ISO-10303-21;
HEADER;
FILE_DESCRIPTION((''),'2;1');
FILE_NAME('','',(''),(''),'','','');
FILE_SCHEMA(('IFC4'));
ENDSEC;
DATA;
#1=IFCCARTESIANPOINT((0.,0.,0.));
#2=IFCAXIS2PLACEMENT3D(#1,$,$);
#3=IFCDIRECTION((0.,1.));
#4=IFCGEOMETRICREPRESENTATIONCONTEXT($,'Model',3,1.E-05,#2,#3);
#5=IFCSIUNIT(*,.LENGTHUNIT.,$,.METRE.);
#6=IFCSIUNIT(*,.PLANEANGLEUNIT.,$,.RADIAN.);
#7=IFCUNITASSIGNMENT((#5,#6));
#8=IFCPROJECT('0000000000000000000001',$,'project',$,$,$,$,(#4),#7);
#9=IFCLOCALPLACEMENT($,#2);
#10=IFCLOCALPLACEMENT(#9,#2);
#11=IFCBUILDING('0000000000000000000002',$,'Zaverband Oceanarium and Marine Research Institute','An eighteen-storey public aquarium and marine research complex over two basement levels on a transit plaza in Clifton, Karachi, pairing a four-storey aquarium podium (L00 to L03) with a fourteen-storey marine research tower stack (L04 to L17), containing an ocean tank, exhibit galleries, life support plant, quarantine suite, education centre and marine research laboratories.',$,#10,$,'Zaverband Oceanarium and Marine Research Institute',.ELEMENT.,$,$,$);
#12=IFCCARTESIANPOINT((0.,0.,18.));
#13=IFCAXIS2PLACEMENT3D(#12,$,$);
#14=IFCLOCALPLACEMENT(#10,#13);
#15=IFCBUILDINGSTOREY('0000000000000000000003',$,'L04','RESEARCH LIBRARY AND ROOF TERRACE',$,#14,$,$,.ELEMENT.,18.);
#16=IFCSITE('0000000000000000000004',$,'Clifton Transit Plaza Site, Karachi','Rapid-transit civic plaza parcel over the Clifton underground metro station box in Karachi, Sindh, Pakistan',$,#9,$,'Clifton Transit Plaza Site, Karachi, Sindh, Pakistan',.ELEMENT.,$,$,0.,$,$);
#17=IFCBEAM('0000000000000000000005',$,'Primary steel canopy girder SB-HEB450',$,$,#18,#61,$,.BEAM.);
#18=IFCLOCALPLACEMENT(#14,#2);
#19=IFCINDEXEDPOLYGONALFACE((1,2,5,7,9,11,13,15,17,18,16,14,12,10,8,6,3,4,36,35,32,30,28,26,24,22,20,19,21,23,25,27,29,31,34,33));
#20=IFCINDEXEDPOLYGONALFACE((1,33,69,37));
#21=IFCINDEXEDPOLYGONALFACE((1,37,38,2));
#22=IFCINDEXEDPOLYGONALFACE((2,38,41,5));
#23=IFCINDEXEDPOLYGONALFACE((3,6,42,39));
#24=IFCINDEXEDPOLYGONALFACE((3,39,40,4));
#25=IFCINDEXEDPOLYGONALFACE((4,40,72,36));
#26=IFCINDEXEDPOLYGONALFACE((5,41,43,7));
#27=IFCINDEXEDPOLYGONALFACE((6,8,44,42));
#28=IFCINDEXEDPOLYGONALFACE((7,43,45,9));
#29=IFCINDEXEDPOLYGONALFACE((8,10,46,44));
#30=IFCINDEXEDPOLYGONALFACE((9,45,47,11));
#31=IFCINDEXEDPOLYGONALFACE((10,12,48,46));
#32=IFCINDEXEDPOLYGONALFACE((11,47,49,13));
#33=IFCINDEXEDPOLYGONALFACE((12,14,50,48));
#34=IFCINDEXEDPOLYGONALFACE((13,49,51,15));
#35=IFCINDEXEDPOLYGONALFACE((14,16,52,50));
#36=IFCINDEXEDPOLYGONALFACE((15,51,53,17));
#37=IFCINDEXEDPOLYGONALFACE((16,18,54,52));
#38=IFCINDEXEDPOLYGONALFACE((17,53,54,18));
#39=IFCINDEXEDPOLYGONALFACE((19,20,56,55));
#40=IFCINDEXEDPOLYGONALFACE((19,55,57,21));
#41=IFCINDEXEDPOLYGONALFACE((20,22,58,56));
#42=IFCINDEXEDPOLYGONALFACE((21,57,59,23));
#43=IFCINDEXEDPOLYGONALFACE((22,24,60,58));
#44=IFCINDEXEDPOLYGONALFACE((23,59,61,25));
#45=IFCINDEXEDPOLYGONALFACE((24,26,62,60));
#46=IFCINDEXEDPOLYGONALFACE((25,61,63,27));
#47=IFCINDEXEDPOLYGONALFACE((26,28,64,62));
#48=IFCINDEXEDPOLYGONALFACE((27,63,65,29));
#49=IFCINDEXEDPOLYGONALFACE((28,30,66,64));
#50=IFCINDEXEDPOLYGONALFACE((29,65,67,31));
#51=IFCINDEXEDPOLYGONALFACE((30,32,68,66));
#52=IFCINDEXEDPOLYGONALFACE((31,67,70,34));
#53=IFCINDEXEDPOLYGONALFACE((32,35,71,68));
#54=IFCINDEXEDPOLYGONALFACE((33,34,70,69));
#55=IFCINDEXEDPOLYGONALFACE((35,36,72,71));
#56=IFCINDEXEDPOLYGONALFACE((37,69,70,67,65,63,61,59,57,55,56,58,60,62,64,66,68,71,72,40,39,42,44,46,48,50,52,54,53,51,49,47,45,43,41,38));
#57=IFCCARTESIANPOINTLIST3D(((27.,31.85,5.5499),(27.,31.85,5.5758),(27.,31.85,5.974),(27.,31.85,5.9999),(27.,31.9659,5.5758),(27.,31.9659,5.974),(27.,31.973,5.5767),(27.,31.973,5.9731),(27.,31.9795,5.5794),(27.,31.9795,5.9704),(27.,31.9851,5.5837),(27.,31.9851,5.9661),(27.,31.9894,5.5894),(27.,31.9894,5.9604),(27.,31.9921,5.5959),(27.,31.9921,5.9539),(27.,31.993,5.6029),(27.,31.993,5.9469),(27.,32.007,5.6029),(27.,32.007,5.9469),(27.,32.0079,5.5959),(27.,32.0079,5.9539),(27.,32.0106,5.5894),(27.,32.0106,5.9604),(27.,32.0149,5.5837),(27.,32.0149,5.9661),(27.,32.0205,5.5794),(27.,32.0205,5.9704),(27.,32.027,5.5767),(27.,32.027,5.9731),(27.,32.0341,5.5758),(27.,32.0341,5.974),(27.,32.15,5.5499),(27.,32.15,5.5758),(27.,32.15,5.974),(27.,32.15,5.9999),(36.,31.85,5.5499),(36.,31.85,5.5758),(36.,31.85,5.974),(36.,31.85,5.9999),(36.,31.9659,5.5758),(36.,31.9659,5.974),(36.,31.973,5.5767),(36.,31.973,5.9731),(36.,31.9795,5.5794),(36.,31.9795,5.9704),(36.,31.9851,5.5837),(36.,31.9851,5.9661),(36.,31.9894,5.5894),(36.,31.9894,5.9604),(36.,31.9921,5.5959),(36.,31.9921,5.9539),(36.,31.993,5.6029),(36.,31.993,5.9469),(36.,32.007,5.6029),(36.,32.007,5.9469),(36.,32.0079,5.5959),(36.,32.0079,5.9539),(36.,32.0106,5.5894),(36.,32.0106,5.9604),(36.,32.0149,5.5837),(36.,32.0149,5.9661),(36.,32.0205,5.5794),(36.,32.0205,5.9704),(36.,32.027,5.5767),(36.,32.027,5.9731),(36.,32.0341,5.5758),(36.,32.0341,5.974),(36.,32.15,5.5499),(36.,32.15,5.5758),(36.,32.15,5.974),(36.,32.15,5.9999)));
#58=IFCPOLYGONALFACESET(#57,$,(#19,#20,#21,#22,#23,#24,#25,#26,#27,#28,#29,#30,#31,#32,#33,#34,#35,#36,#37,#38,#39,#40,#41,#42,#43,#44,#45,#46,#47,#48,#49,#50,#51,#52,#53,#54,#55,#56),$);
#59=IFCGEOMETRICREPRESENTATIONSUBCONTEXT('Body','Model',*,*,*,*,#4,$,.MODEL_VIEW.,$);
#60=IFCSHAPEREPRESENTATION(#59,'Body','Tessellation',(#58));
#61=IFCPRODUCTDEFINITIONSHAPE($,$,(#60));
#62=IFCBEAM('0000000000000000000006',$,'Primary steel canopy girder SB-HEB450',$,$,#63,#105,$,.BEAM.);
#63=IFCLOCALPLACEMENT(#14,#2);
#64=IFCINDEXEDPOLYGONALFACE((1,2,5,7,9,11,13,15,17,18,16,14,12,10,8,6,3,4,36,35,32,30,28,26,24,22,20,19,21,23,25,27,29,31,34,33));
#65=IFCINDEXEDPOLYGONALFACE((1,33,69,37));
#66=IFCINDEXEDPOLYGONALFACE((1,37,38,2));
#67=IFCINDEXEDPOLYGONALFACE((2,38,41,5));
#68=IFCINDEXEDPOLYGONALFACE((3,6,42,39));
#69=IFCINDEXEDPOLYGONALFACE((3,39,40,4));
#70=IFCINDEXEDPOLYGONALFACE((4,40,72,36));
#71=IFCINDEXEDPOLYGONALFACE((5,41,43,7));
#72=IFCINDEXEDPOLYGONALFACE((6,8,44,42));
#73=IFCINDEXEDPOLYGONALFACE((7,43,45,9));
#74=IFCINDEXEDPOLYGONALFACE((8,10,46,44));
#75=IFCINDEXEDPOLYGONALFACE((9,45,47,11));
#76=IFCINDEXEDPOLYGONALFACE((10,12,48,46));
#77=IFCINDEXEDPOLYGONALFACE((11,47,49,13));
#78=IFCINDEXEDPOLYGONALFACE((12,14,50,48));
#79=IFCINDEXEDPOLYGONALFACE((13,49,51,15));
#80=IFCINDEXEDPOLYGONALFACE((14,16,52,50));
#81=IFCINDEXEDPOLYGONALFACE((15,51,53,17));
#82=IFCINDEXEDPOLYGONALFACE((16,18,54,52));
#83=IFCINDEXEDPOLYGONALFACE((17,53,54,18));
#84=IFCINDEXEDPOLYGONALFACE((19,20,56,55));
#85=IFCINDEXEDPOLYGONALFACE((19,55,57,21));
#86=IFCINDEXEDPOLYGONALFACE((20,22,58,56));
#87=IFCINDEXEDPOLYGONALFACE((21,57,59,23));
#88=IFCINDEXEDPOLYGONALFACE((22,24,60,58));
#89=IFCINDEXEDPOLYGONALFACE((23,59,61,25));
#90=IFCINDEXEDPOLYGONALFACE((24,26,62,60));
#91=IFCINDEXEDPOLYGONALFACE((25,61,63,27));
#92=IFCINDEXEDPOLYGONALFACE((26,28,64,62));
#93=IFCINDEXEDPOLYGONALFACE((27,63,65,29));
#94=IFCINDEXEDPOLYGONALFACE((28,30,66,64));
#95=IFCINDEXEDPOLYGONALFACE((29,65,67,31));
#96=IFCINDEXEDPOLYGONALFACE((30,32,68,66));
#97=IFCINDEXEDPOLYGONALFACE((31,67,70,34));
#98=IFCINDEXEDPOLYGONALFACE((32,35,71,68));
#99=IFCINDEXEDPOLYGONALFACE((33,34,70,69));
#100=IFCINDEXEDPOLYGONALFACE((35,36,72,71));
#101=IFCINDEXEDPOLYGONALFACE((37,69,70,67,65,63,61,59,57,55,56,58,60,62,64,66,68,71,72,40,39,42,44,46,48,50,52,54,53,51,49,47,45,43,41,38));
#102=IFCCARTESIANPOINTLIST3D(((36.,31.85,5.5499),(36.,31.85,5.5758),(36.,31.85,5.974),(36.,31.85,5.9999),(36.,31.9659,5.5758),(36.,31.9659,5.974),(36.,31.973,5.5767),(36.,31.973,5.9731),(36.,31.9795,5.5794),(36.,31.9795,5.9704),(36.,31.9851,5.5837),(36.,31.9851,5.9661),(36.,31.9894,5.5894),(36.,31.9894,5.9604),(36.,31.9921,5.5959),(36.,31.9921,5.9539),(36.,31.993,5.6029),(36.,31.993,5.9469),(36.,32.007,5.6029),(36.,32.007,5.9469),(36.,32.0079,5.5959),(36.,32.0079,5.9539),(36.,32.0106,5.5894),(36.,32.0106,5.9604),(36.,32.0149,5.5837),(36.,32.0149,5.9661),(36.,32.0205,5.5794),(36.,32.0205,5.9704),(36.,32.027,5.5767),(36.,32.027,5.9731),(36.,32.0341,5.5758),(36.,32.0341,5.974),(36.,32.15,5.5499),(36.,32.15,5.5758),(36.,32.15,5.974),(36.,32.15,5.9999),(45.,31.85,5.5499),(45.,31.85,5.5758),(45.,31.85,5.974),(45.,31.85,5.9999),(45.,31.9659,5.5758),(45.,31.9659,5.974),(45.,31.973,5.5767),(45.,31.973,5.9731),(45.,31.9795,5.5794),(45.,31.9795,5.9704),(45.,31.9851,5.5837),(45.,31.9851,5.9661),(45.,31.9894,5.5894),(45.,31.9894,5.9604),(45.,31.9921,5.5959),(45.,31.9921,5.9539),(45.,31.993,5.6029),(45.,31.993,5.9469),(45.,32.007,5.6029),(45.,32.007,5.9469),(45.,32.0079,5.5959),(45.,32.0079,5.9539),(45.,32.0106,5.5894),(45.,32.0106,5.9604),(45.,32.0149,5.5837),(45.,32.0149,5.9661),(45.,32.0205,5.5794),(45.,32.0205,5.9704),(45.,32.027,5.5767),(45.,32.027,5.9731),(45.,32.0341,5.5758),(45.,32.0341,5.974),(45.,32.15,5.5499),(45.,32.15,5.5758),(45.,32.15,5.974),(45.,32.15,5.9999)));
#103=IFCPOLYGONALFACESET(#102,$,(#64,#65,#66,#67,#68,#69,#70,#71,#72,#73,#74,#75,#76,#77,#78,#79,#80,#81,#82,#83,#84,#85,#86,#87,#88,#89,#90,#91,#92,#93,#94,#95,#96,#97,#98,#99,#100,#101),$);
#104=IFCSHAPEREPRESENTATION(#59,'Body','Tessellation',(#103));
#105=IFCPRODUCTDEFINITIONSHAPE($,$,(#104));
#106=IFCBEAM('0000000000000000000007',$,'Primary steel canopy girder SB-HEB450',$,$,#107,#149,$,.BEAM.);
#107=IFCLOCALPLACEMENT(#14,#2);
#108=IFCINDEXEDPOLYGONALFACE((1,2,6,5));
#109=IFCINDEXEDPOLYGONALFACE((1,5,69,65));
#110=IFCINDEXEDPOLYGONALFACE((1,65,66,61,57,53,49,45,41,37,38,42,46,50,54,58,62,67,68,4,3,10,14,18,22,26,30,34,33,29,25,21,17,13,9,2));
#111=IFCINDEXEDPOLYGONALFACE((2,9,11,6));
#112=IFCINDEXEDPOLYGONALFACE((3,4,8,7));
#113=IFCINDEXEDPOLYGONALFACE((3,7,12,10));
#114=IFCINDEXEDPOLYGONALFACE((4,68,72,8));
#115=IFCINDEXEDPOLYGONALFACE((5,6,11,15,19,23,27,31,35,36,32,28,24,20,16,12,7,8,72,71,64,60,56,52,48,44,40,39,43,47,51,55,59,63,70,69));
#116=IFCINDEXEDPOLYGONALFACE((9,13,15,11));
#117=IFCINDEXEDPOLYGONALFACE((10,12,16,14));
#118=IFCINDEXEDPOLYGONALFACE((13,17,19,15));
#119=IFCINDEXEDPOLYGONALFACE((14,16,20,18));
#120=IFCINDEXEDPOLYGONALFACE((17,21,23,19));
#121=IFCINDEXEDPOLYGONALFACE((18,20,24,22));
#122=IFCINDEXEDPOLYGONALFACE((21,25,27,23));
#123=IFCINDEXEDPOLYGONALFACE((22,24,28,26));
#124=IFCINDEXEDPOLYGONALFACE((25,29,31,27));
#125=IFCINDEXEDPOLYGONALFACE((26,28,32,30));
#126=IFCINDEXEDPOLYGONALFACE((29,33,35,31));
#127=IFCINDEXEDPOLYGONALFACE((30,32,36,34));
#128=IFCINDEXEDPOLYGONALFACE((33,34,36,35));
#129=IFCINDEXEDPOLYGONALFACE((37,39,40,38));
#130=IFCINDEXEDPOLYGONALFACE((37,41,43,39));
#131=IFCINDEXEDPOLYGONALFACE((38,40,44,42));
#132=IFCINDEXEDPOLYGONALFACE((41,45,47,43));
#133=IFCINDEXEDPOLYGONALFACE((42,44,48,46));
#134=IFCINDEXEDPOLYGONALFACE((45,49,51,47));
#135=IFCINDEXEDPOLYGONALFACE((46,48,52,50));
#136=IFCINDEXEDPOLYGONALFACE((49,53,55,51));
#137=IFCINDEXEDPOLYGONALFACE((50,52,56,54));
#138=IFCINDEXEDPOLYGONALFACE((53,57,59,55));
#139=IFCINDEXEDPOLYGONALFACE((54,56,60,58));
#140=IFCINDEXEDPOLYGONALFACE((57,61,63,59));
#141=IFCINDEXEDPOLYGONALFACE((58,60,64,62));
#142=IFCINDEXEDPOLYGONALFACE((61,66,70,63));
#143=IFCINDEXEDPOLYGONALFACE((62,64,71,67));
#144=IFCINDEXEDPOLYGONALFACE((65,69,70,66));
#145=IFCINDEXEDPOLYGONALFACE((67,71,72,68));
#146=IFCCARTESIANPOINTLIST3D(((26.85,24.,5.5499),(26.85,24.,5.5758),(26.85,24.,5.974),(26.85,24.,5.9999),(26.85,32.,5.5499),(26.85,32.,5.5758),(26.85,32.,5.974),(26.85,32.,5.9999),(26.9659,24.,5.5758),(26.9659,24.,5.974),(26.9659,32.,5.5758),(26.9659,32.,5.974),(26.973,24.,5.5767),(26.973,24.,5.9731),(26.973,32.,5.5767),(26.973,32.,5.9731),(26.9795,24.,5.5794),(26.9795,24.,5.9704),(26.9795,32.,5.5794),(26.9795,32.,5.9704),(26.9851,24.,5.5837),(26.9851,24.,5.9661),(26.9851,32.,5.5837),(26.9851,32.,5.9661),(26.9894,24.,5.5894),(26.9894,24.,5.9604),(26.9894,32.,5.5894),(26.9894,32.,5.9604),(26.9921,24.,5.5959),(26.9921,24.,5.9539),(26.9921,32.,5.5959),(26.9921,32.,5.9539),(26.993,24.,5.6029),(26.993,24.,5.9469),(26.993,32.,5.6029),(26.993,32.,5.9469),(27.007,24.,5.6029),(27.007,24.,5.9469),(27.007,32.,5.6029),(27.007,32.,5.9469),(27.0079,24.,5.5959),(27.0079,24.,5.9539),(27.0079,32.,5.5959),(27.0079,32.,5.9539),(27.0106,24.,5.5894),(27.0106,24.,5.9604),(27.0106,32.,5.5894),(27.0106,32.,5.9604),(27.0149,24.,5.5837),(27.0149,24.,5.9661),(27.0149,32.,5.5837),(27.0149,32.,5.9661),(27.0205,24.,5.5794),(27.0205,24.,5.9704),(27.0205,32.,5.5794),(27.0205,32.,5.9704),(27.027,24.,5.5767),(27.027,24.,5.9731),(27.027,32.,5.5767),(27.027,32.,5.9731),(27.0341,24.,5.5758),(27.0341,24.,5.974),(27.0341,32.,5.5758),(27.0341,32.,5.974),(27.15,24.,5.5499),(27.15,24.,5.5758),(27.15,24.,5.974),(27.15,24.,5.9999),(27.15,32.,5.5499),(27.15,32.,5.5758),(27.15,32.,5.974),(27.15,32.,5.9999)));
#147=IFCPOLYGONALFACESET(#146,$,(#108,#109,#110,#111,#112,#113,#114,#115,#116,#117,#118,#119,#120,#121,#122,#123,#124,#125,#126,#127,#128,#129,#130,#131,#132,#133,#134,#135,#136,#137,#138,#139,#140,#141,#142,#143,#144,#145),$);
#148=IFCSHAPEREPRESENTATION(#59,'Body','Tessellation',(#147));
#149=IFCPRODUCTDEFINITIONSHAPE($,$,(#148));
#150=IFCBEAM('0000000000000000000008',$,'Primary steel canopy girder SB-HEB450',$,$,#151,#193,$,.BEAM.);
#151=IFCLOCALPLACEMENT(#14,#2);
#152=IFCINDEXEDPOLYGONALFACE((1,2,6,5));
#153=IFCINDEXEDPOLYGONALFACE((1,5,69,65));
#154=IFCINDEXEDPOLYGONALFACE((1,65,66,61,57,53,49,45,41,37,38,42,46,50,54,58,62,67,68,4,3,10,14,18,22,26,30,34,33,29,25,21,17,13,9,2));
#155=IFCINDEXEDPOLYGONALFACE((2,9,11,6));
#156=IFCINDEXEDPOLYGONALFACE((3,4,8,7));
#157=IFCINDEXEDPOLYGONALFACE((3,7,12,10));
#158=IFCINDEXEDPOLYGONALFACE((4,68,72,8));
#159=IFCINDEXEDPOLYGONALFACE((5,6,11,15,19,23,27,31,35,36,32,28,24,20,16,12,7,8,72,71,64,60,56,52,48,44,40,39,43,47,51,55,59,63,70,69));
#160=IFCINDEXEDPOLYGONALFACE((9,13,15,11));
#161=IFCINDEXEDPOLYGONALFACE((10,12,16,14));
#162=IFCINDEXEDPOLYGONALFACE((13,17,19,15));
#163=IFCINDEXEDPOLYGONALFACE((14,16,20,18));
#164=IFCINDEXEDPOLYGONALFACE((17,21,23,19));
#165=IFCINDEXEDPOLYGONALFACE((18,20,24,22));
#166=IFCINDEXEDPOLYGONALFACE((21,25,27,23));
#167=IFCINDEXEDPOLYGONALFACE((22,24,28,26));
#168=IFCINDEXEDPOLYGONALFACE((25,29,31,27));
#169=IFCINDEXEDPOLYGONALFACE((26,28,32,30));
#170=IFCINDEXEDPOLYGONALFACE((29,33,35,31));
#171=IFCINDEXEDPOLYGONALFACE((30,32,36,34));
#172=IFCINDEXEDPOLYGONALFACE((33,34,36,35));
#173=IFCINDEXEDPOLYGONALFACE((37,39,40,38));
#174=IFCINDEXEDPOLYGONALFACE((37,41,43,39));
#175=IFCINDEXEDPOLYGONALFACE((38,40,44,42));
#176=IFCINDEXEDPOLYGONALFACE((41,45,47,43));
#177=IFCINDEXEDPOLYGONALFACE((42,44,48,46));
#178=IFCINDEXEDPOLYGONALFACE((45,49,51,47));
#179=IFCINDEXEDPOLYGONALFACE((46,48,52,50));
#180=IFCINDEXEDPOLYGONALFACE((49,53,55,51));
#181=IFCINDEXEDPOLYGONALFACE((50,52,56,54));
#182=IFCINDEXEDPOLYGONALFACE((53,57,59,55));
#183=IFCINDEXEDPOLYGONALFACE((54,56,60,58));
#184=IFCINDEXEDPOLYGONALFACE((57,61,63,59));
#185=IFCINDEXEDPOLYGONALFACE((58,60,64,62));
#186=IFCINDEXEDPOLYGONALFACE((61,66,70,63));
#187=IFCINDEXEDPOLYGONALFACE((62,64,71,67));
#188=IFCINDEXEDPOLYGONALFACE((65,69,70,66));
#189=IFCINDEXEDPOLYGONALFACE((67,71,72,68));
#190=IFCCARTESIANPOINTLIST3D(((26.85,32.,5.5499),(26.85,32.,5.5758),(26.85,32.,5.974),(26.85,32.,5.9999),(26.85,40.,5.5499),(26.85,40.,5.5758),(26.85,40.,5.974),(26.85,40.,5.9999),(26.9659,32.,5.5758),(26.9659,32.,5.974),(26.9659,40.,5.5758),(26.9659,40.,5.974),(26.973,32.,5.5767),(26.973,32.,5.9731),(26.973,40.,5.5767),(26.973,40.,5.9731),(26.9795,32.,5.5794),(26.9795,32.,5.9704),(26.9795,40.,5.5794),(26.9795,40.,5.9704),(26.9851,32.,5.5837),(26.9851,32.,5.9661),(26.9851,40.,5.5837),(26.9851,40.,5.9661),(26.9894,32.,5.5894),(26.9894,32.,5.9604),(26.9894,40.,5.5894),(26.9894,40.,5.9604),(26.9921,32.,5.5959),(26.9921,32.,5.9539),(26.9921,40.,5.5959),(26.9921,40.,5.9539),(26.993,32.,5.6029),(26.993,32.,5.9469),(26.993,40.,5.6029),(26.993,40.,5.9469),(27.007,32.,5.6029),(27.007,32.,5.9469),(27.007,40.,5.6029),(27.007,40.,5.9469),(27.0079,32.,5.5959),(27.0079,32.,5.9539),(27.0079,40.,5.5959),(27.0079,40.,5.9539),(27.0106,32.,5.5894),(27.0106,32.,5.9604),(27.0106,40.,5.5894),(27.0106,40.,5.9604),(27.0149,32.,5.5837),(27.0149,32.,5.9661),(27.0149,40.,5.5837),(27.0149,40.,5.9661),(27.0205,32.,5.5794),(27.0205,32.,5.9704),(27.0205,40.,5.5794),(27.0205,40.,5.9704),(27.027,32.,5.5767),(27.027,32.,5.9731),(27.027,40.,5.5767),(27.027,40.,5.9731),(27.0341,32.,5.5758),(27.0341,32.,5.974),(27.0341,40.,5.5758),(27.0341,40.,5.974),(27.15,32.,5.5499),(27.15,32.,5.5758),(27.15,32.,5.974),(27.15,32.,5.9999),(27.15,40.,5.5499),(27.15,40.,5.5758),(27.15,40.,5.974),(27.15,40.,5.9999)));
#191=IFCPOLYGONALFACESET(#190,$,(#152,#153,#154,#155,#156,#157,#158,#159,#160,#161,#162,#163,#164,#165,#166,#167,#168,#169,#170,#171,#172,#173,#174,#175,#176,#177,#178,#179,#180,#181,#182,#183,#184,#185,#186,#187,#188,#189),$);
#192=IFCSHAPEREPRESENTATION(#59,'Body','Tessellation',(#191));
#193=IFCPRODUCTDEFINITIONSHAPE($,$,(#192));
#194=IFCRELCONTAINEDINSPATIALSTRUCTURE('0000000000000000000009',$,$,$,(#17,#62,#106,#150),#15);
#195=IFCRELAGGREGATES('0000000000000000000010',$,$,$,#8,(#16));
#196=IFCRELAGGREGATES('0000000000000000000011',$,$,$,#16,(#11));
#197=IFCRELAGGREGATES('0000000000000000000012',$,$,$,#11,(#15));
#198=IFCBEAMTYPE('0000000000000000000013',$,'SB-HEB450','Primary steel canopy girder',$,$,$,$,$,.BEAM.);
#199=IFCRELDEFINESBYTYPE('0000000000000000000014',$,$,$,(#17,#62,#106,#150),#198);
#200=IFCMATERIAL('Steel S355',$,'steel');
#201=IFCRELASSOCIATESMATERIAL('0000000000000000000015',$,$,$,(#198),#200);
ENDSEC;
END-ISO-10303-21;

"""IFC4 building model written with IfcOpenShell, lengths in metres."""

from ifc_helpers import new_model, si_unit, direction, frame, origin, origin_2d, place, context, subcontext, project, spatial, i_section, extrude, material, material_profile, profile_set, type_object, element, save


model = new_model("IFC4")

# Units and contexts
model_context = context("Model", 3, precision=1e-05, world=origin(), true_north=direction((0.0, 1.0)))
body_context = subcontext(model_context, "Body", "Model", "MODEL_VIEW")
ifc_project = project(units=[si_unit("LENGTHUNIT", "METRE"), si_unit("PLANEANGLEUNIT", "RADIAN")], contexts=[model_context])

# Site, building, storey
site_placement = place(None, origin())
site = spatial("IfcSite", under=ifc_project, at=site_placement, Name="Clifton Transit Plaza Site, Karachi", Description="Rapid-transit civic plaza parcel over the Clifton underground metro station box in Karachi, Sindh, Pakistan", LongName="Clifton Transit Plaza Site, Karachi, Sindh, Pakistan", CompositionType="ELEMENT", RefElevation=0.0)
building_placement = place(site_placement, origin())
building = spatial("IfcBuilding", under=site, at=building_placement, Name="Zaverband Oceanarium and Marine Research Institute", Description="An eighteen-storey public aquarium and marine research complex over two basement levels on a transit plaza in Clifton, Karachi, pairing a four-storey aquarium podium (L00 to L03) with a fourteen-storey marine research tower stack (L04 to L17), containing an ocean tank, exhibit galleries, life support plant, quarantine suite, education centre and marine research laboratories.", LongName="Zaverband Oceanarium and Marine Research Institute", CompositionType="ELEMENT")
storey_placement = place(building_placement, frame((0.0, 0.0, 18.0)))
storey = spatial("IfcBuildingStorey", under=building, at=storey_placement, Name="L04", Description="RESEARCH LIBRARY AND ROOF TERRACE", CompositionType="ELEMENT", Elevation=18.0)

# Beams
ifc_material_1 = material(Name="Steel S355", Category="steel")
ifc_material_profile_1 = material_profile(ifc_material_1, i_section(OverallWidth=0.3, OverallDepth=0.45, WebThickness=0.0139, FlangeThickness=0.0259, FilletRadius=0.0271, at=origin_2d()), Name="HEB450")
ifc_profile_set_1 = profile_set([ifc_material_profile_1], Name="Steel S355")
beam_type = type_object("IfcBeamType", Name="SB-HEB450", Description="Primary steel canopy girder", PredefinedType="BEAM", material=ifc_profile_set_1)
for number, where, z_axis, x_axis, name in (
    (1, (27.0, 32.0, 5.7749), (1.0, 0.0, 0.0), (0.0, 1.0, 0.0), "Primary steel canopy girder SB-HEB450"),
    (2, (36.0, 32.0, 5.7749), (1.0, 0.0, 0.0), (0.0, 1.0, 0.0), "Primary steel canopy girder SB-HEB450"),
):
    element("IfcBeam", number, at=place(storey_placement, frame(where, z_axis=z_axis, x_axis=x_axis)), inside=storey, type_object=beam_type, Name=name, PredefinedType="BEAM", context=body_context, shape_type="SweptSolid", body=[
        extrude(i_section(OverallWidth=0.3, OverallDepth=0.45, WebThickness=0.0139, FlangeThickness=0.0259, FilletRadius=0.0271, at=origin_2d()), origin(), (0.0, 0.0, 1.0), 9.0),
    ])
for number, where, z_axis, x_axis, name in (
    (3, (27.0, 24.0, 5.7749), (0.0, 1.0, 0.0), (-1.0, 0.0, 0.0), "Primary steel canopy girder SB-HEB450"),
    (4, (27.0, 32.0, 5.7749), (0.0, 1.0, 0.0), (-1.0, 0.0, 0.0), "Primary steel canopy girder SB-HEB450"),
):
    element("IfcBeam", number, at=place(storey_placement, frame(where, z_axis=z_axis, x_axis=x_axis)), inside=storey, type_object=beam_type, Name=name, PredefinedType="BEAM", context=body_context, shape_type="SweptSolid", body=[
        extrude(i_section(OverallWidth=0.3, OverallDepth=0.45, WebThickness=0.0139, FlangeThickness=0.0259, FilletRadius=0.0271, at=origin_2d()), origin(), (0.0, 0.0, 1.0), 8.0),
    ])

save(model, "model.ifc")
